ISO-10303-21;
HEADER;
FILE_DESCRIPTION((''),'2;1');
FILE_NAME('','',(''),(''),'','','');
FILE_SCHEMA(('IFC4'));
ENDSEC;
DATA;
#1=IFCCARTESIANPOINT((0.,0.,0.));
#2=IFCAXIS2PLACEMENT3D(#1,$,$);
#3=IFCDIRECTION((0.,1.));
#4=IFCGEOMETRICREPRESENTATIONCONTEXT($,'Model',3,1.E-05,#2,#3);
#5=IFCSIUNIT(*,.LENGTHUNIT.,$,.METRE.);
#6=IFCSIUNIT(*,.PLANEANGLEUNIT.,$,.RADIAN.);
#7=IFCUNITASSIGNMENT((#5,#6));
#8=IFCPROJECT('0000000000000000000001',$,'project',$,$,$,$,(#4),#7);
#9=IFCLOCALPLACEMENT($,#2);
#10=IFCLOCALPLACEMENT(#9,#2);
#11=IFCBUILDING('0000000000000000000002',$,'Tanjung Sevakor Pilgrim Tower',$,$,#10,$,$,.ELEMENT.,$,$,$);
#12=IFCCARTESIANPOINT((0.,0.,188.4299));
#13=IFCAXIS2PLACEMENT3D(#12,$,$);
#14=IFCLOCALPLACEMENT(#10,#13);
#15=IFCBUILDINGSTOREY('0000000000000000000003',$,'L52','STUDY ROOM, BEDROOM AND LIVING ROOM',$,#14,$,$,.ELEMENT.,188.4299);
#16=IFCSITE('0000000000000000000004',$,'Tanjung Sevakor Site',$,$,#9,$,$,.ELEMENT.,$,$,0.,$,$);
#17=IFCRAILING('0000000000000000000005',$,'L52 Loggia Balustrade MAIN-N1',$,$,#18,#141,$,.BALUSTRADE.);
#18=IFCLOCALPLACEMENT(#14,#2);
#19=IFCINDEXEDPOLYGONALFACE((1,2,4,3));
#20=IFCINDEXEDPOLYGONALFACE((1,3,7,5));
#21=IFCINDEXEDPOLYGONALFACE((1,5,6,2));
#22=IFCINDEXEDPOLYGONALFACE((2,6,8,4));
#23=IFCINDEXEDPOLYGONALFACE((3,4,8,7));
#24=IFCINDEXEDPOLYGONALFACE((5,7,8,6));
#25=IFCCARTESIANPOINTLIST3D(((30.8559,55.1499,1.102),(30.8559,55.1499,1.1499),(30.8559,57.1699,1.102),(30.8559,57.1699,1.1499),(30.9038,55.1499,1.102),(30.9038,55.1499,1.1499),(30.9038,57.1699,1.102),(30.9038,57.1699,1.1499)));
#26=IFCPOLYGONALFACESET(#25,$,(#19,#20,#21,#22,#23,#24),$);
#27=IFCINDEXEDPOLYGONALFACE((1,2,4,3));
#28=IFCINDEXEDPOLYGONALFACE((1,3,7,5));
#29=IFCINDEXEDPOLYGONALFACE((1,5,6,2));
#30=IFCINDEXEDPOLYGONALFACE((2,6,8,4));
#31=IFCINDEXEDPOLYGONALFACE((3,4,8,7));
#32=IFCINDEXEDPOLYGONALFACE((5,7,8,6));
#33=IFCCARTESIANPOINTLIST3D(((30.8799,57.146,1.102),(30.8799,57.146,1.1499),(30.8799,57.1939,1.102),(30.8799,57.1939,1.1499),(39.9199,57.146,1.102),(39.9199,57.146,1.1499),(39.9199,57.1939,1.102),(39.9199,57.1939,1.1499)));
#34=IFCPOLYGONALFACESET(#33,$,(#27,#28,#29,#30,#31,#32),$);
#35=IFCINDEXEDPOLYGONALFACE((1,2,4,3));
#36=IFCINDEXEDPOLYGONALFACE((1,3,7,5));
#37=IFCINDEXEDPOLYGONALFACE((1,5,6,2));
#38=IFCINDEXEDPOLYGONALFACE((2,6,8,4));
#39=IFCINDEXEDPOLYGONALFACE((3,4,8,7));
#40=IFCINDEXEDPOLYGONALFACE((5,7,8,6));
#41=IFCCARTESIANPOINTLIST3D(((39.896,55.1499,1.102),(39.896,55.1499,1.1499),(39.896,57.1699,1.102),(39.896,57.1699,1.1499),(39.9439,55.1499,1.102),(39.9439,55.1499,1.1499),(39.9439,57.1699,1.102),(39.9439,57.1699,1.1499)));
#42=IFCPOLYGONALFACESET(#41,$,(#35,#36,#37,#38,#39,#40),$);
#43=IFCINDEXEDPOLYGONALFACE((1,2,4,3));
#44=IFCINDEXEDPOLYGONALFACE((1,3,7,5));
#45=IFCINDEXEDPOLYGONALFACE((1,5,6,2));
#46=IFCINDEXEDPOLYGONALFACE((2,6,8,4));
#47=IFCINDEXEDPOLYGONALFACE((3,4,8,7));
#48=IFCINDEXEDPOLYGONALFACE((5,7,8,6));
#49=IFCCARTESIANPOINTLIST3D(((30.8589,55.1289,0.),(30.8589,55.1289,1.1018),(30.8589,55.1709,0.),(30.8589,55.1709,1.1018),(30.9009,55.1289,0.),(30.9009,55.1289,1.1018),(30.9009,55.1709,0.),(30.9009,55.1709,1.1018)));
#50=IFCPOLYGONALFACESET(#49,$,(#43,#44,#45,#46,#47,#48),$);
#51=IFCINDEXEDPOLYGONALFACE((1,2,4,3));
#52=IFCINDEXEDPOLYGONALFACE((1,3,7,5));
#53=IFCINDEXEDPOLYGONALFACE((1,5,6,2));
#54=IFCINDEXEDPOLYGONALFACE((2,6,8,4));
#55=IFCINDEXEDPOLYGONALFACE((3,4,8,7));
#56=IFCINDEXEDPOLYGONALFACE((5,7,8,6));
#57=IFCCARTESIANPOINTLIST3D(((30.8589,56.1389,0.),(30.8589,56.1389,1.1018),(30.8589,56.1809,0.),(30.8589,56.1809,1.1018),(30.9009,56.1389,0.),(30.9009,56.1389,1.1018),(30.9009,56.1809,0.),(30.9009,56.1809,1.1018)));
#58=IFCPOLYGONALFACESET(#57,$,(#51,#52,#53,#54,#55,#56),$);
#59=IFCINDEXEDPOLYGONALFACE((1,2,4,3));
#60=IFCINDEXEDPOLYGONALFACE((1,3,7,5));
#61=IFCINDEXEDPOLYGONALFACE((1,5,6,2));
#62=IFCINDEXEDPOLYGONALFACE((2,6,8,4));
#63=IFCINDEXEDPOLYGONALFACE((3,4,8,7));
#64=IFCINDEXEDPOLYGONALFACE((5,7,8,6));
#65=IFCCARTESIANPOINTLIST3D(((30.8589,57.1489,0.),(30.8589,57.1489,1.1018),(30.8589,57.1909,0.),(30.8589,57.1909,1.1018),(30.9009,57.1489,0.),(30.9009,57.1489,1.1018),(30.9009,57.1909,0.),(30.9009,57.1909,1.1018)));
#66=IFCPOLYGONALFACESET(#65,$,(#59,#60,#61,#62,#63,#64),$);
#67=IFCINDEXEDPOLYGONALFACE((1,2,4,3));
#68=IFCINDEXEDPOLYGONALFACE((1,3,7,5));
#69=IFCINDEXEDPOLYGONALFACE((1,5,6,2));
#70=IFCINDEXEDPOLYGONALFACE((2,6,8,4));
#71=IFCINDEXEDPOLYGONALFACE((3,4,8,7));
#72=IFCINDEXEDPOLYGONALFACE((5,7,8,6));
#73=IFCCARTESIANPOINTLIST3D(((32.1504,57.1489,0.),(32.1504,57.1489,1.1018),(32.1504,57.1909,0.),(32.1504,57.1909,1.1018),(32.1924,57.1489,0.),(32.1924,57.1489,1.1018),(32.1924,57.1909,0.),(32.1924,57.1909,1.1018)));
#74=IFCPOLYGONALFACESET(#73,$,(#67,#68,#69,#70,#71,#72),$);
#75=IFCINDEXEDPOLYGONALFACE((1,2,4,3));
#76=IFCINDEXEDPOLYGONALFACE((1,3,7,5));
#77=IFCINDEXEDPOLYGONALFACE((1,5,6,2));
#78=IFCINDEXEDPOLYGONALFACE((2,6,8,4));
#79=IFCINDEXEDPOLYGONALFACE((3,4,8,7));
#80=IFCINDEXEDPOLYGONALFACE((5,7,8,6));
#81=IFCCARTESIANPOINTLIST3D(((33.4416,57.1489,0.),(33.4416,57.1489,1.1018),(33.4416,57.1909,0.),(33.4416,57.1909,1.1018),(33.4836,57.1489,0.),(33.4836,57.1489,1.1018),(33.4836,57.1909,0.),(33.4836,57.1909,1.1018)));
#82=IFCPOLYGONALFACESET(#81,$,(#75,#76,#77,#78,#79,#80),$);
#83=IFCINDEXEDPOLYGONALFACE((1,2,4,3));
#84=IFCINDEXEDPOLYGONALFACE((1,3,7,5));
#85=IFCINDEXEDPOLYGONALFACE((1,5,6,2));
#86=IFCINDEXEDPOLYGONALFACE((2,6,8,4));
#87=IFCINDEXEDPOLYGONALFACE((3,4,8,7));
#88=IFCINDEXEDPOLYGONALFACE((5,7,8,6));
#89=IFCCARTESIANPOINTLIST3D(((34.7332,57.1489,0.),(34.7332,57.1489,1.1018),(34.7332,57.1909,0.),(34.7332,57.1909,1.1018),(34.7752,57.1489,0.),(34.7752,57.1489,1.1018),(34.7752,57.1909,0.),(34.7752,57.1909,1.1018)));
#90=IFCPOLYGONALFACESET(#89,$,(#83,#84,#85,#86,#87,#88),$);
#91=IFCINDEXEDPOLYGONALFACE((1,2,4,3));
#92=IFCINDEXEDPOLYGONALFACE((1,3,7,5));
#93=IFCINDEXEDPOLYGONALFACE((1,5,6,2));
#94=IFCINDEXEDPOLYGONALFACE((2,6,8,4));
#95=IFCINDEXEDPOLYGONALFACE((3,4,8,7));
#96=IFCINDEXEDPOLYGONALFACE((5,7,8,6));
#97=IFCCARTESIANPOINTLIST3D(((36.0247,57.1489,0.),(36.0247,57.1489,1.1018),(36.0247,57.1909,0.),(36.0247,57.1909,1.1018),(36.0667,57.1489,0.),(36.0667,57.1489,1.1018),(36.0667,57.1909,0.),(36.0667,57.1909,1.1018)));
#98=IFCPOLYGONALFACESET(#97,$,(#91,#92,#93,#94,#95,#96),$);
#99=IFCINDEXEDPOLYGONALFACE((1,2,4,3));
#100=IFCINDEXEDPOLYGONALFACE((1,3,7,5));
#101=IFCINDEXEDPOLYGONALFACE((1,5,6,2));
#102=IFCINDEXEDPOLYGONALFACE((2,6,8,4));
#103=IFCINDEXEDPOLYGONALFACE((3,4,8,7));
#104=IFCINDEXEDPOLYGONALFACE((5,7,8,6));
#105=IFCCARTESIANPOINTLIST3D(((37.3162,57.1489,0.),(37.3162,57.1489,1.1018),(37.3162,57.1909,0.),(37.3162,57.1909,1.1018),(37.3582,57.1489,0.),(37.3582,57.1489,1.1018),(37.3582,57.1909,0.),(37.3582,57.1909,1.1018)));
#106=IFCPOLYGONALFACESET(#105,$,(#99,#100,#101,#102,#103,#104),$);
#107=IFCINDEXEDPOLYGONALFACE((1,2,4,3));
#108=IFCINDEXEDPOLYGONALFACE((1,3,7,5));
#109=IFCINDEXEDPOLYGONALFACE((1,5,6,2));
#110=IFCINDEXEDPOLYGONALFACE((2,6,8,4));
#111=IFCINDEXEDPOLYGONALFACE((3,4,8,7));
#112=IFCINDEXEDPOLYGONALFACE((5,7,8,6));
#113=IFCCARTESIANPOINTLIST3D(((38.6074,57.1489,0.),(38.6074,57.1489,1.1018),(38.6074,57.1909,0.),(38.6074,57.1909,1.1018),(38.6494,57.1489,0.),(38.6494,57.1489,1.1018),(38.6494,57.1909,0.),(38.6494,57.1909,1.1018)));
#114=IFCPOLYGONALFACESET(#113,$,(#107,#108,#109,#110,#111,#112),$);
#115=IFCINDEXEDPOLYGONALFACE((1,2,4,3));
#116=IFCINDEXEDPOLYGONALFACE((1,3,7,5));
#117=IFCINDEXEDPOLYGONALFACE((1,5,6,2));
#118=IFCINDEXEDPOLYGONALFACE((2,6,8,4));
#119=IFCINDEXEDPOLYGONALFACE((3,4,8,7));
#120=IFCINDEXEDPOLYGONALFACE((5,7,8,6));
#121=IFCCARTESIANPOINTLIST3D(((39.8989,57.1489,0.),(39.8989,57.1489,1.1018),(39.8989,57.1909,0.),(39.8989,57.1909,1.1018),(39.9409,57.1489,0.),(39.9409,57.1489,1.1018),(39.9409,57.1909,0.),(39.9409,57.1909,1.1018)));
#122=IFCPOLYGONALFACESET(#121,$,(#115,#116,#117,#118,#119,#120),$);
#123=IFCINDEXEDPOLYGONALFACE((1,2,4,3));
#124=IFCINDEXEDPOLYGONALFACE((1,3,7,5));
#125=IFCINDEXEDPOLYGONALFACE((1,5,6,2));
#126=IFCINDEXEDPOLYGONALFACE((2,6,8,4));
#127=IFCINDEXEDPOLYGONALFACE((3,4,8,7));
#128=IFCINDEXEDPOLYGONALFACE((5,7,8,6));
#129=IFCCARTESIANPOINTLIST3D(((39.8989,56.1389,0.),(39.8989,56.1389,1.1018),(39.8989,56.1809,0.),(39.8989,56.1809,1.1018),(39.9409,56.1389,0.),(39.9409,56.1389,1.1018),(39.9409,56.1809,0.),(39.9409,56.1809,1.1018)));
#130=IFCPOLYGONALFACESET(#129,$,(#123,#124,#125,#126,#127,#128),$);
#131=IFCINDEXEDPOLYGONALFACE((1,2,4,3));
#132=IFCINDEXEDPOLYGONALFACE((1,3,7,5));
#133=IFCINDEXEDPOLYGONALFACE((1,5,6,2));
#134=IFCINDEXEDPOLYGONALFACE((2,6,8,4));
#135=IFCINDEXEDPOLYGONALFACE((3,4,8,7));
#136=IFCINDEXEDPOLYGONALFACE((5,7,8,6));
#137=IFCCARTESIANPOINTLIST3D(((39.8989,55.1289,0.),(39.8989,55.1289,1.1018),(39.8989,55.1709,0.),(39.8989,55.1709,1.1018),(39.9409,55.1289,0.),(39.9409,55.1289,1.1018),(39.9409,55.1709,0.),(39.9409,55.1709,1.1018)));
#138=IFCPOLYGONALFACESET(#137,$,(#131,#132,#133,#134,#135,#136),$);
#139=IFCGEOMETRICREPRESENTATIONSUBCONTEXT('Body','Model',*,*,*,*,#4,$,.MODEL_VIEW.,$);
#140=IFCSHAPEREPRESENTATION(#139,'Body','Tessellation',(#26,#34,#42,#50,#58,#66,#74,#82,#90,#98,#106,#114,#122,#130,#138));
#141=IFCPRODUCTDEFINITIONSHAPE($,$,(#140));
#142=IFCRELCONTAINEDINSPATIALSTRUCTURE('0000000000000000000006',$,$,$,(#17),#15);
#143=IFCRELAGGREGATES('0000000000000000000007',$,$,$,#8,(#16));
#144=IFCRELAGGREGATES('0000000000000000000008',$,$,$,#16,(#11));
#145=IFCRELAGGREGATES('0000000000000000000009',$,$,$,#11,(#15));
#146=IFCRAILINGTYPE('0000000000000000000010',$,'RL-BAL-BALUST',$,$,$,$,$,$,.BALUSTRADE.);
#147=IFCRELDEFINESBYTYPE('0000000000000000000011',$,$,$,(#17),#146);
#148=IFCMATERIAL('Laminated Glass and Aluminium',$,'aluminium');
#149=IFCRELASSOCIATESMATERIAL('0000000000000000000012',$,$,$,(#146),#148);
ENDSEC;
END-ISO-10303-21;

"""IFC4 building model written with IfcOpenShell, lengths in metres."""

from ifc_helpers import new_model, si_unit, direction, frame, origin, place, context, subcontext, project, spatial, rectangle, extrude, material, type_object, element, save


model = new_model("IFC4")

# Units and contexts
model_context = context("Model", 3, precision=1e-05, world=origin(), true_north=direction((0.0, 1.0)))
body_context = subcontext(model_context, "Body", "Model", "MODEL_VIEW")
ifc_project = project(units=[si_unit("LENGTHUNIT", "METRE"), si_unit("PLANEANGLEUNIT", "RADIAN")], contexts=[model_context])

# Site, building, storey
site_placement = place(None, origin())
site = spatial("IfcSite", under=ifc_project, at=site_placement, Name="Tanjung Sevakor Site", CompositionType="ELEMENT", RefElevation=0.0)
building_placement = place(site_placement, origin())
building = spatial("IfcBuilding", under=site, at=building_placement, Name="Tanjung Sevakor Pilgrim Tower", CompositionType="ELEMENT")
storey_placement = place(building_placement, frame((0.0, 0.0, 188.4299)))
storey = spatial("IfcBuildingStorey", under=building, at=storey_placement, Name="L52", Description="STUDY ROOM, BEDROOM AND LIVING ROOM", CompositionType="ELEMENT", Elevation=188.4299)

# Railing
ifc_material_1 = material(Name="Laminated Glass and Aluminium", Category="aluminium")
railing_type = type_object("IfcRailingType", Name="RL-BAL-BALUST", PredefinedType="BALUSTRADE", material=ifc_material_1)
railing_placement = place(storey_placement, frame((30.8799, 55.1499, 0.0)))
element("IfcRailing", 1, at=railing_placement, inside=storey, type_object=railing_type, Name="L52 Loggia Balustrade MAIN-N1", PredefinedType="BALUSTRADE", context=body_context, shape_type="SweptSolid", body=[
    extrude(rectangle(XDim=0.0479, YDim=0.0479), frame((0.0, 0.0, 1.126), z_axis=(0.0, 1.0, 0.0), x_axis=(-1.0, 0.0, 0.0)), (0.0, 0.0, 1.0), 2.02),
    extrude(rectangle(XDim=0.0479, YDim=0.0479), frame((0.0, 2.02, 1.126), z_axis=(1.0, 0.0, 0.0), x_axis=(0.0, 1.0, 0.0)), (0.0, 0.0, 1.0), 9.04),
    extrude(rectangle(XDim=0.0479, YDim=0.0479), frame((9.04, 2.02, 1.126), z_axis=(0.0, -1.0, 0.0), x_axis=(1.0, 0.0, 0.0)), (0.0, 0.0, 1.0), 2.02),
    extrude(rectangle(XDim=0.042, YDim=0.042), origin(), (0.0, 0.0, 1.0), 1.1018),
    extrude(rectangle(XDim=0.042, YDim=0.042), frame((0.0, 1.01, 0.0)), (0.0, 0.0, 1.0), 1.1018),
    extrude(rectangle(XDim=0.042, YDim=0.042), frame((0.0, 2.02, 0.0)), (0.0, 0.0, 1.0), 1.1018),
    extrude(rectangle(XDim=0.042, YDim=0.042), frame((1.2915, 2.02, 0.0)), (0.0, 0.0, 1.0), 1.1018),
    extrude(rectangle(XDim=0.042, YDim=0.042), frame((2.5828, 2.02, 0.0)), (0.0, 0.0, 1.0), 1.1018),
    extrude(rectangle(XDim=0.042, YDim=0.042), frame((3.8743, 2.02, 0.0)), (0.0, 0.0, 1.0), 1.1018),
    extrude(rectangle(XDim=0.042, YDim=0.042), frame((5.1658, 2.02, 0.0)), (0.0, 0.0, 1.0), 1.1018),
    extrude(rectangle(XDim=0.042, YDim=0.042), frame((6.4573, 2.02, 0.0)), (0.0, 0.0, 1.0), 1.1018),
    extrude(rectangle(XDim=0.042, YDim=0.042), frame((7.7485, 2.02, 0.0)), (0.0, 0.0, 1.0), 1.1018),
    extrude(rectangle(XDim=0.042, YDim=0.042), frame((9.04, 2.02, 0.0)), (0.0, 0.0, 1.0), 1.1018),
    extrude(rectangle(XDim=0.042, YDim=0.042), frame((9.04, 1.01, 0.0)), (0.0, 0.0, 1.0), 1.1018),
    extrude(rectangle(XDim=0.042, YDim=0.042), frame((9.04, 0.0, 0.0)), (0.0, 0.0, 1.0), 1.1018),
])

save(model, "model.ifc")
